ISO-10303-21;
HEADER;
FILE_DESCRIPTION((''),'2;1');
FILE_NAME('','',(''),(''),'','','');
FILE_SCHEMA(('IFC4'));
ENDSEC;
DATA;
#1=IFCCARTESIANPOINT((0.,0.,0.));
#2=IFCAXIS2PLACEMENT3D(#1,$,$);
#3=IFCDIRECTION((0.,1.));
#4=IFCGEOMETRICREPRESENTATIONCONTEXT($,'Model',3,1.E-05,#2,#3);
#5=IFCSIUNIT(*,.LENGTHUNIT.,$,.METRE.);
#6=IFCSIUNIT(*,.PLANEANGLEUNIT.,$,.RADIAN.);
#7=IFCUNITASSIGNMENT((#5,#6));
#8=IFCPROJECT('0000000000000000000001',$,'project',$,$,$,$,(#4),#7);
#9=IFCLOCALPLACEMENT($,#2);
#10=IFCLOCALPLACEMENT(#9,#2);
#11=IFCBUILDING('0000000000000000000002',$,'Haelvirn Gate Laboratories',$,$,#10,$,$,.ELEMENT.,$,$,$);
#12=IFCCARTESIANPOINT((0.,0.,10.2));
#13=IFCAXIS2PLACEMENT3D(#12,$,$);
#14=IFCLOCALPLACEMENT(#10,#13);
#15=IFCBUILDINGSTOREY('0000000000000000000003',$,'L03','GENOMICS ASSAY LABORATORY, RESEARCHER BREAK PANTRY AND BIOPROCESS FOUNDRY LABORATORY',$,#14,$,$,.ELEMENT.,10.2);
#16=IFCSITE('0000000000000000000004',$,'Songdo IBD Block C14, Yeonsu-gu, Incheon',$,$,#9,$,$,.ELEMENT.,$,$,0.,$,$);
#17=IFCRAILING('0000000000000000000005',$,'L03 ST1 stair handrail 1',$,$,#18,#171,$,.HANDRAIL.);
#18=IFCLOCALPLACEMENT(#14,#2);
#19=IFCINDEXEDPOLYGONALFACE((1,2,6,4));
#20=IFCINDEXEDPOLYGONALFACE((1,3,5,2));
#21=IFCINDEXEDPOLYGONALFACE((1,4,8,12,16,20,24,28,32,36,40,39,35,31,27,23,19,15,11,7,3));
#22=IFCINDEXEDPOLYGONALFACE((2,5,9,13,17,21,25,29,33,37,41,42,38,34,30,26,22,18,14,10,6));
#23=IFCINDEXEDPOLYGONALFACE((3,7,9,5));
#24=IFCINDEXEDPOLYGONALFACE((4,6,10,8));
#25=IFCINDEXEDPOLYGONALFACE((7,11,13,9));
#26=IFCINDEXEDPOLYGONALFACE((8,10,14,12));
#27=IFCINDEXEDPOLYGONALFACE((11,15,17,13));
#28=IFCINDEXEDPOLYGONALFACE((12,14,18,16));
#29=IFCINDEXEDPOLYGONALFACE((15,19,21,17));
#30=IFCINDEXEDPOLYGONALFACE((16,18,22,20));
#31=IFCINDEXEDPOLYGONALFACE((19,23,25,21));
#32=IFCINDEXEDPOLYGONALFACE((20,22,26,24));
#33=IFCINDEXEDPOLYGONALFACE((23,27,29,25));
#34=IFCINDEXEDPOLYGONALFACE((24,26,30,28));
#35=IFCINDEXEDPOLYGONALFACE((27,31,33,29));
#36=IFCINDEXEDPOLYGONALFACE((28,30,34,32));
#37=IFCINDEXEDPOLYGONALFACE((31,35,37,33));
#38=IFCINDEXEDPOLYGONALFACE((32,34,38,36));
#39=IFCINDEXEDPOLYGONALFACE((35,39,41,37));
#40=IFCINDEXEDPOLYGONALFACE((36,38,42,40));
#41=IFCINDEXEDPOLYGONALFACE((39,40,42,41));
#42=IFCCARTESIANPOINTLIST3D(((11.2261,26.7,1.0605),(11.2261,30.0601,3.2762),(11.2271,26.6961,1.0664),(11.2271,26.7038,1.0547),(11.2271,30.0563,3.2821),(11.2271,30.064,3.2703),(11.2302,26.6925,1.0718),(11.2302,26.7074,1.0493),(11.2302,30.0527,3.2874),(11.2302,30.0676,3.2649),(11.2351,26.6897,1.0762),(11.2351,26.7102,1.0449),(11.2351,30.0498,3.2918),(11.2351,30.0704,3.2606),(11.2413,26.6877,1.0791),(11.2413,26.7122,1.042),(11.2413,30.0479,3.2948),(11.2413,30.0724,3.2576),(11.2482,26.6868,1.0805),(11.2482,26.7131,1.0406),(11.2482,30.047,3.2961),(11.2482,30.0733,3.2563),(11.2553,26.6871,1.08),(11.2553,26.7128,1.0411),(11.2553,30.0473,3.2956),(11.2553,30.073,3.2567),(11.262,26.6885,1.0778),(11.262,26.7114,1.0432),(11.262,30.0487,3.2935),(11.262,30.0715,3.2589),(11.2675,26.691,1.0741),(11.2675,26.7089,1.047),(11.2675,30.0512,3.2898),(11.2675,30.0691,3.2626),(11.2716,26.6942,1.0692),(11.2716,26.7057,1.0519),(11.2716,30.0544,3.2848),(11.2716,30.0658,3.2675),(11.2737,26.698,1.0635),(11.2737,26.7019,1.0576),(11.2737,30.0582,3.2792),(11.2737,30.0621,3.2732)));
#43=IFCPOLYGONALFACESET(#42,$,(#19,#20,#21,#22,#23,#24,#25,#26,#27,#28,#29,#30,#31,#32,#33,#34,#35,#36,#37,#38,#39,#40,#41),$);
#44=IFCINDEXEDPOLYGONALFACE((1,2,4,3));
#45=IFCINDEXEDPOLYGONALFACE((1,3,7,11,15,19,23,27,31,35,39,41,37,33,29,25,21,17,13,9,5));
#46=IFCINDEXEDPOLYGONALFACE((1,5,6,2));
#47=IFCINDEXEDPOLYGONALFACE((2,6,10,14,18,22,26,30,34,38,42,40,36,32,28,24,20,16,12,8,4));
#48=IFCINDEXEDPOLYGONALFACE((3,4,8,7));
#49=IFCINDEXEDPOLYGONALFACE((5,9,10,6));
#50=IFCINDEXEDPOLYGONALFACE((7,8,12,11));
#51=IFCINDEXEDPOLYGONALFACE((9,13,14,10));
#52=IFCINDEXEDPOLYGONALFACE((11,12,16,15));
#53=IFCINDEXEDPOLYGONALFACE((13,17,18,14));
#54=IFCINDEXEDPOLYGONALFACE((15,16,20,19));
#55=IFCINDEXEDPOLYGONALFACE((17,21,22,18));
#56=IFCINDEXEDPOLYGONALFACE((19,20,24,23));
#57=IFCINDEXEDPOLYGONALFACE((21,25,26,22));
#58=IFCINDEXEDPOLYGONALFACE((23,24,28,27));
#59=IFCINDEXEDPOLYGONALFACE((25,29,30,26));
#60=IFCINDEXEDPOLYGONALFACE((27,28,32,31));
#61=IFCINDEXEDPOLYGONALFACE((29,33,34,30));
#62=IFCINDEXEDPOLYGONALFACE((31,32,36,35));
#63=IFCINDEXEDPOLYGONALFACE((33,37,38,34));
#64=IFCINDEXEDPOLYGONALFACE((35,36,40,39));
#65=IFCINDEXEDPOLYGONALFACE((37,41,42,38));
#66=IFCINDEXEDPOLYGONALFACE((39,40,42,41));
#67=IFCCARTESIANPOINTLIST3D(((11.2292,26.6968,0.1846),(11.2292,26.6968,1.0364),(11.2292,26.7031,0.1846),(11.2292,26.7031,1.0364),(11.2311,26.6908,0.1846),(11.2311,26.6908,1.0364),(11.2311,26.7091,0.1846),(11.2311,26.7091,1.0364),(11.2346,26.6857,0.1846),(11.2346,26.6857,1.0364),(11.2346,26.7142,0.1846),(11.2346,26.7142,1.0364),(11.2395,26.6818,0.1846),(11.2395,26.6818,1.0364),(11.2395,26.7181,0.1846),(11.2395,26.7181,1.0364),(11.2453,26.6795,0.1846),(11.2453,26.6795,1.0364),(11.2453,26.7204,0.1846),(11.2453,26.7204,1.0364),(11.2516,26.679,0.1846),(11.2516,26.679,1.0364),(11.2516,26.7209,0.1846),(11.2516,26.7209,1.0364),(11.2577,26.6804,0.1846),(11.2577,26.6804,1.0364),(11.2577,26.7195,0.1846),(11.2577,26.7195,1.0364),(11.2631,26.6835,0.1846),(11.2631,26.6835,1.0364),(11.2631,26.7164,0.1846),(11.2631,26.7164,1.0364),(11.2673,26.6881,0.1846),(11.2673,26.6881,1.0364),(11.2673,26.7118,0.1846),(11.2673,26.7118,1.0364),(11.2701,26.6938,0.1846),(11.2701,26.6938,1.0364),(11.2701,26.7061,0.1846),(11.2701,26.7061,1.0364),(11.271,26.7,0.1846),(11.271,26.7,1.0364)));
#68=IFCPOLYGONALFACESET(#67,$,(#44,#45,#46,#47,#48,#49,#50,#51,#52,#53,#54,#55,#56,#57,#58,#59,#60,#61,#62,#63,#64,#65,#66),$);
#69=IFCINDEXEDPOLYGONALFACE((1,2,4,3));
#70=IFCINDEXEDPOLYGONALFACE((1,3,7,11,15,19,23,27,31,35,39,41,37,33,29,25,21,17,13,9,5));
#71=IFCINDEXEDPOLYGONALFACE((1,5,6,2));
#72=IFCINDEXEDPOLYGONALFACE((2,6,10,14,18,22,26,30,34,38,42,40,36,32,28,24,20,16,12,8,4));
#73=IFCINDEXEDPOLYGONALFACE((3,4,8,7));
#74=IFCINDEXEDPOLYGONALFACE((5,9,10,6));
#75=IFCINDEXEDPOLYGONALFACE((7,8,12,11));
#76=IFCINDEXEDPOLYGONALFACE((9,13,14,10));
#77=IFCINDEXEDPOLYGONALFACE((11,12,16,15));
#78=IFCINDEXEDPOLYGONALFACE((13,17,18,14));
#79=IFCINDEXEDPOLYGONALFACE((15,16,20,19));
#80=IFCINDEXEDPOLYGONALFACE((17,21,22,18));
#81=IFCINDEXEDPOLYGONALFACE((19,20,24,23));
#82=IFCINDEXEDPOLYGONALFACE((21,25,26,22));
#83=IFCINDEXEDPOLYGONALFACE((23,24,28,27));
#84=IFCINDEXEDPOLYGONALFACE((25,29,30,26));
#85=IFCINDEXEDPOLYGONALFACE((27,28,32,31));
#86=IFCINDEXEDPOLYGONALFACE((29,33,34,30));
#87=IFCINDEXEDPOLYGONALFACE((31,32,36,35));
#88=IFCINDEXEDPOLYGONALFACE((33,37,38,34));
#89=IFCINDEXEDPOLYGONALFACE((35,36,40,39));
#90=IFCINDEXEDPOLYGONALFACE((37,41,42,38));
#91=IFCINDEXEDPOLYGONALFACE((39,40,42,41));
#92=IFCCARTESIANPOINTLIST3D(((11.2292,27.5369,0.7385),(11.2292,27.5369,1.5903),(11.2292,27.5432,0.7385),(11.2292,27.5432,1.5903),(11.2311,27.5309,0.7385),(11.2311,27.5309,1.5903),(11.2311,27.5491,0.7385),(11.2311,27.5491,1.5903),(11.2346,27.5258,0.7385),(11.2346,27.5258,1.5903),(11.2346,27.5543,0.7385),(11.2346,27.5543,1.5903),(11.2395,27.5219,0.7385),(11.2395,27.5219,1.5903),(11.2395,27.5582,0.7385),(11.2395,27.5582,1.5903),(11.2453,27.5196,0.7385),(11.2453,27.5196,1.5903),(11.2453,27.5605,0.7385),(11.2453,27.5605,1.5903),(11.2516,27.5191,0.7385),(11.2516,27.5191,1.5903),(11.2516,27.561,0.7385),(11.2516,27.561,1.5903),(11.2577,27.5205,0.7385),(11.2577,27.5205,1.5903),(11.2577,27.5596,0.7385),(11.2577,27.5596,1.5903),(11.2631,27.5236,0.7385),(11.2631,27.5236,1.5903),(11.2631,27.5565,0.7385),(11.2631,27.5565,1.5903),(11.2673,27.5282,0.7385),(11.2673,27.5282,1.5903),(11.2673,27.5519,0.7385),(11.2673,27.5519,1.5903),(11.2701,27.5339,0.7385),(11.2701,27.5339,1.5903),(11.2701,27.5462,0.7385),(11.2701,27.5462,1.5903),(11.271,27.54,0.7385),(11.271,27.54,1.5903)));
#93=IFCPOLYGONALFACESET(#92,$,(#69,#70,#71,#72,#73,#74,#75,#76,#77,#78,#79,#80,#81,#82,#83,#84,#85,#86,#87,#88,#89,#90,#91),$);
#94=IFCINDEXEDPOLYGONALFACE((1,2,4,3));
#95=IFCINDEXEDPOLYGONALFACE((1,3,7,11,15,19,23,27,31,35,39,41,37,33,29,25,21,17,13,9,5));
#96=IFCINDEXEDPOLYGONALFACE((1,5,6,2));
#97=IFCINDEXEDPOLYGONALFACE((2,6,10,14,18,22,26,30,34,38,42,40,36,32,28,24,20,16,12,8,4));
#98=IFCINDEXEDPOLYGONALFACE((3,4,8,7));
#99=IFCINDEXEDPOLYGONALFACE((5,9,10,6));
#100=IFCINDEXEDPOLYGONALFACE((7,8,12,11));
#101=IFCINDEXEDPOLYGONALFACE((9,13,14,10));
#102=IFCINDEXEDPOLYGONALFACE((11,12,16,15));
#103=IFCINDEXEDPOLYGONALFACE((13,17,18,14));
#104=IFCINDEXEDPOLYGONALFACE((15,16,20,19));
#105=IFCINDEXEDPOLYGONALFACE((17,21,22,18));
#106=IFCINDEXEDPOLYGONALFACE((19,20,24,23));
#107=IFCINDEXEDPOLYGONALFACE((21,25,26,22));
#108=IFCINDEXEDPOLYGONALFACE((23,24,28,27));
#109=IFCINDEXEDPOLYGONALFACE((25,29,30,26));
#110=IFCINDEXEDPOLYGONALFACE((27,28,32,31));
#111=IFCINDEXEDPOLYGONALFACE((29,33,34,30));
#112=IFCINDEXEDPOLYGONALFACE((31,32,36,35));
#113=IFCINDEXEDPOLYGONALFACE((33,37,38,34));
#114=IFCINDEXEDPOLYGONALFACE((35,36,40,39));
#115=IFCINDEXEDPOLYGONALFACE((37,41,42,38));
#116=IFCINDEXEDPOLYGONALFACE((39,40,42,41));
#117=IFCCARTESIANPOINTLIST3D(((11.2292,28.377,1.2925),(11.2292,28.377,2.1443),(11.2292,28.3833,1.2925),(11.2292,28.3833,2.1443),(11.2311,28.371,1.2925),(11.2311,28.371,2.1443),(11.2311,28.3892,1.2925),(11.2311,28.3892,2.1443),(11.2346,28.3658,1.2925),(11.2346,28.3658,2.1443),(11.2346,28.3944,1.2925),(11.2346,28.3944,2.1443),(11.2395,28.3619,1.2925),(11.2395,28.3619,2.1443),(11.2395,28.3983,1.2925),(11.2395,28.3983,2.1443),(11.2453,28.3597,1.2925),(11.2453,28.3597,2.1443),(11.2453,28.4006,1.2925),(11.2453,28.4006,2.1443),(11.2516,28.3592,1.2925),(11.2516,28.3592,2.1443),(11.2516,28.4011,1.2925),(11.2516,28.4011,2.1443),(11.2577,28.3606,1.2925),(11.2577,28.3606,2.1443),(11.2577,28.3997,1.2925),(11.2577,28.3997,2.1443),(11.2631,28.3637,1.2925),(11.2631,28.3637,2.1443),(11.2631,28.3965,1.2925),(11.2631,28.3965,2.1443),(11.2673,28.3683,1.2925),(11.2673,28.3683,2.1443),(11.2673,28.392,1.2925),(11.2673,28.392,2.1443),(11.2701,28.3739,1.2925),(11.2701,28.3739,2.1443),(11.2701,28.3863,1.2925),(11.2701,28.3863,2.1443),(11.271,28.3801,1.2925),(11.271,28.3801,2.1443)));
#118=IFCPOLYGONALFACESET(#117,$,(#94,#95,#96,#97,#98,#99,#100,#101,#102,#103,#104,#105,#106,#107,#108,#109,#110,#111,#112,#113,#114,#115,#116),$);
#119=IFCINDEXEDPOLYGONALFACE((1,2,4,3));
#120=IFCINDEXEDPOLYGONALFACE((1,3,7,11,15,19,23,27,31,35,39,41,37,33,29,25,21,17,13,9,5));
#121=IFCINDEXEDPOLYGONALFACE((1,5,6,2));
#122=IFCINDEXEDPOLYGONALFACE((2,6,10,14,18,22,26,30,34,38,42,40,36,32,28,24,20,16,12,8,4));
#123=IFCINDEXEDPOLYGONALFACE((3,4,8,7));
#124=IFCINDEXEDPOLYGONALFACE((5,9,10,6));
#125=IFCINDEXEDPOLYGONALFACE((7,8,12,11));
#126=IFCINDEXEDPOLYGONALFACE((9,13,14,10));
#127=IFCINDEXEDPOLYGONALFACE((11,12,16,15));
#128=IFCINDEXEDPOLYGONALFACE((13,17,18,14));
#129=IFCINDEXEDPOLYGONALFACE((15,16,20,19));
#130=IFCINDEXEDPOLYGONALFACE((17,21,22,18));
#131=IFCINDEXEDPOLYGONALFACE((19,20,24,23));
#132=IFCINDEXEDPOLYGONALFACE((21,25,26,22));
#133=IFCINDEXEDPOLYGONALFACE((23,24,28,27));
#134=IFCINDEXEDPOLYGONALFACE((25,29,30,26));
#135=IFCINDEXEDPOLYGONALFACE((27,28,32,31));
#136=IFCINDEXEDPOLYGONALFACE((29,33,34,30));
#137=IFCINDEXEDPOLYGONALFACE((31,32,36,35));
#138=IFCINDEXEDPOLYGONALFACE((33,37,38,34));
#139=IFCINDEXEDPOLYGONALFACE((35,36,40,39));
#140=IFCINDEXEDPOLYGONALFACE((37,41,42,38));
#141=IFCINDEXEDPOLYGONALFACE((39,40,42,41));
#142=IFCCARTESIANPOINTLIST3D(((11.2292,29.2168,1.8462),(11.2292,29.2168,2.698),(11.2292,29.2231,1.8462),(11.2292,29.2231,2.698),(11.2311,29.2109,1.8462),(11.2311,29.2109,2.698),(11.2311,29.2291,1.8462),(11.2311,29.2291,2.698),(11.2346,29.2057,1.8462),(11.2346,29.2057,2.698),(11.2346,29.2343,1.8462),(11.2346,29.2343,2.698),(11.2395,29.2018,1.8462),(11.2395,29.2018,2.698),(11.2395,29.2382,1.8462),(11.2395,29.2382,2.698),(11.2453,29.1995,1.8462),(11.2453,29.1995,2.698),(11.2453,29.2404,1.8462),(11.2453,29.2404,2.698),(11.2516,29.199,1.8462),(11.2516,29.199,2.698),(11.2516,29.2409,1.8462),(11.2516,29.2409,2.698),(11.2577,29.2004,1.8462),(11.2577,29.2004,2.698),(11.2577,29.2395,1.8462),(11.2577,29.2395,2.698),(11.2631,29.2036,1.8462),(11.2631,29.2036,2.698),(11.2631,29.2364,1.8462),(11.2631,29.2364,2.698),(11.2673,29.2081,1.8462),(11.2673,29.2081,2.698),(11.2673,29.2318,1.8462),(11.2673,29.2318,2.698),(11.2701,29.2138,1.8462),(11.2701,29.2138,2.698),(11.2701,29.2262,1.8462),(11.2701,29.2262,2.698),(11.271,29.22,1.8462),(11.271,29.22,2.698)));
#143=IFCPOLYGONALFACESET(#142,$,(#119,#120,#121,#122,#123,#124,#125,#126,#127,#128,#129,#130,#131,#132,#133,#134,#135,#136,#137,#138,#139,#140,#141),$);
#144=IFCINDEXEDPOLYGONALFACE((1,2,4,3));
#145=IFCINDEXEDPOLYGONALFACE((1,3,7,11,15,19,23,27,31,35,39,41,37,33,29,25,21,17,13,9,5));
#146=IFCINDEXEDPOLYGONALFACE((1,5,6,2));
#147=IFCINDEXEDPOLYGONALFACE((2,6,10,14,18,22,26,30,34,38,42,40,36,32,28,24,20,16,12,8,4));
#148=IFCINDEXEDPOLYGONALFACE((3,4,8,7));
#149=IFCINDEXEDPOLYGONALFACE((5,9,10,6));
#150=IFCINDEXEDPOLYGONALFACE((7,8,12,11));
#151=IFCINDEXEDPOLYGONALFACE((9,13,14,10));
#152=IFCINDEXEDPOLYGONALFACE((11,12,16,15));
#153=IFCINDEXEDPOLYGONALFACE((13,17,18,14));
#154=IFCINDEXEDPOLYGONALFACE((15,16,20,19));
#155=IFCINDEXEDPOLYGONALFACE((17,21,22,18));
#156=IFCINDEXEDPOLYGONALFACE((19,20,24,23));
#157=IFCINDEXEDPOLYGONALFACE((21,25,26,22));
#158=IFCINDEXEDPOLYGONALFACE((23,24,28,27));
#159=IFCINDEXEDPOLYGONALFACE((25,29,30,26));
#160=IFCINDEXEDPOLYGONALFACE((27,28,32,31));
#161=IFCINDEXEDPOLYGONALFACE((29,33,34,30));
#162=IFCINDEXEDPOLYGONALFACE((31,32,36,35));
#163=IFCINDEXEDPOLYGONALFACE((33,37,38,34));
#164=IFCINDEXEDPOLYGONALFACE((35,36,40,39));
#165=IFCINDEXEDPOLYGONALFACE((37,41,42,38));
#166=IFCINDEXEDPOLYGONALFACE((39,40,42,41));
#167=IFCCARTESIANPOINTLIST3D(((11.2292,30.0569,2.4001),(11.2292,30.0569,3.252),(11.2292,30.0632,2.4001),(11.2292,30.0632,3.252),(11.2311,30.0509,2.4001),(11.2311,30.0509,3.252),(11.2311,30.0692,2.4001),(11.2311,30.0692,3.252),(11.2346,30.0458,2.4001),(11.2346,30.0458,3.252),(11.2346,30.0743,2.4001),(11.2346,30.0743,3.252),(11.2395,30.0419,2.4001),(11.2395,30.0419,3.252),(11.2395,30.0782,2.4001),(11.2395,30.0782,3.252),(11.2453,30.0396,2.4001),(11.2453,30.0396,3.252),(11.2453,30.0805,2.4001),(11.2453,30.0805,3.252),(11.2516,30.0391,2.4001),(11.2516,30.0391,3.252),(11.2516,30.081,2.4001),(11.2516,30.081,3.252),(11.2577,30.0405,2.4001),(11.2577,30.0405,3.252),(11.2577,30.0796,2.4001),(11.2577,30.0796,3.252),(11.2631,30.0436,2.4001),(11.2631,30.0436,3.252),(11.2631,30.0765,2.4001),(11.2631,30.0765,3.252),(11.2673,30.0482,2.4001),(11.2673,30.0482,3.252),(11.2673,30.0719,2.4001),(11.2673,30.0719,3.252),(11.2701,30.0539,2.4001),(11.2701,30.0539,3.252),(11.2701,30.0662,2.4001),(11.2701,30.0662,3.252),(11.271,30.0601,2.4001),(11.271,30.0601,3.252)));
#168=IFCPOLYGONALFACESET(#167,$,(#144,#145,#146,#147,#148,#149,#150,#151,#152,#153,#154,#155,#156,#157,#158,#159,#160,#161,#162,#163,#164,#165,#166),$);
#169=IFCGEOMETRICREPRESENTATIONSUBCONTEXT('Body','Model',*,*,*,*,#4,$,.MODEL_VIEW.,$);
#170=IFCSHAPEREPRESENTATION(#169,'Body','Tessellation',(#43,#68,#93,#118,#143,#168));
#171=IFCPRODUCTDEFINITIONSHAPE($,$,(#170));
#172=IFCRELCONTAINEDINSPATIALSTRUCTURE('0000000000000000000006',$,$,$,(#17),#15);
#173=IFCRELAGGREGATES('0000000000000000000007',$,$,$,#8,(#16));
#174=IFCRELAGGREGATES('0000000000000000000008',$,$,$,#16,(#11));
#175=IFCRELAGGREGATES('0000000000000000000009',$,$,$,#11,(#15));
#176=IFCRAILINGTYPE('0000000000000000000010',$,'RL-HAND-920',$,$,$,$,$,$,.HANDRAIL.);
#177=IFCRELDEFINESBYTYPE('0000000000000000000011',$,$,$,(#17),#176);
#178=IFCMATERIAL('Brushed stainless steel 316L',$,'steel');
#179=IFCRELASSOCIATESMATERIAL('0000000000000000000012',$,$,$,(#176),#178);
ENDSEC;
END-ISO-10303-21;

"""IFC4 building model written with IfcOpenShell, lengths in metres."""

from ifc_helpers import new_model, si_unit, direction, frame, origin, origin_2d, place, context, subcontext, project, spatial, circle, extrude, source, transform, mapped, material, type_object, type_shapes, element, save


model = new_model("IFC4")

# Units and contexts
model_context = context("Model", 3, precision=1e-05, world=origin(), true_north=direction((0.0, 1.0)))
body_context = subcontext(model_context, "Body", "Model", "MODEL_VIEW")
ifc_project = project(units=[si_unit("LENGTHUNIT", "METRE"), si_unit("PLANEANGLEUNIT", "RADIAN")], contexts=[model_context])

# Site, building, storey
site_placement = place(None, origin())
site = spatial("IfcSite", under=ifc_project, at=site_placement, Name="Songdo IBD Block C14, Yeonsu-gu, Incheon", CompositionType="ELEMENT", RefElevation=0.0)
building_placement = place(site_placement, origin())
building = spatial("IfcBuilding", under=site, at=building_placement, Name="Haelvirn Gate Laboratories", CompositionType="ELEMENT")
storey_placement = place(building_placement, frame((0.0, 0.0, 10.2)))
storey = spatial("IfcBuildingStorey", under=building, at=storey_placement, Name="L03", Description="GENOMICS ASSAY LABORATORY, RESEARCHER BREAK PANTRY AND BIOPROCESS FOUNDRY LABORATORY", CompositionType="ELEMENT", Elevation=10.2)

# Railing
ifc_material_1 = material(Name="Brushed stainless steel 316L", Category="steel")
railing_type = type_object("IfcRailingType", Name="RL-HAND-920", PredefinedType="HANDRAIL", material=ifc_material_1)
shared_shape_1 = source(origin(), body_context, "Body", "SweptSolid", [
    extrude(circle(Radius=0.0239, at=origin_2d()), frame((0.0, 0.0, 0.876), z_axis=(0.0, 0.834849, 0.55048), x_axis=(-1.0, 0.0, 0.0)), (0.0, 0.0, 1.0), 4.0249),
    extrude(circle(Radius=0.021, at=origin_2d()), origin(), (0.0, 0.0, 1.0), 0.8518),
    extrude(circle(Radius=0.021, at=origin_2d()), frame((0.0, 0.8401, 0.554)), (0.0, 0.0, 1.0), 0.8518),
    extrude(circle(Radius=0.021, at=origin_2d()), frame((0.0, 1.6802, 1.1079)), (0.0, 0.0, 1.0), 0.8518),
    extrude(circle(Radius=0.021, at=origin_2d()), frame((0.0, 2.52, 1.6616)), (0.0, 0.0, 1.0), 0.8518),
    extrude(circle(Radius=0.021, at=origin_2d()), frame((0.0, 3.3601, 2.2156)), (0.0, 0.0, 1.0), 0.8518),
])
type_shapes(railing_type, [shared_shape_1])
railing_placement = place(storey_placement, frame((11.25, 26.7, 0.1846)))
element("IfcRailing", 1, at=railing_placement, inside=storey, type_object=railing_type, Name="L03 ST1 stair handrail 1", PredefinedType="HANDRAIL", context=body_context, shape_type="MappedRepresentation", body=[
    mapped(shared_shape_1, transform((0.0, 0.0, 0.0), scale=1.0)),
])

save(model, "model.ifc")
